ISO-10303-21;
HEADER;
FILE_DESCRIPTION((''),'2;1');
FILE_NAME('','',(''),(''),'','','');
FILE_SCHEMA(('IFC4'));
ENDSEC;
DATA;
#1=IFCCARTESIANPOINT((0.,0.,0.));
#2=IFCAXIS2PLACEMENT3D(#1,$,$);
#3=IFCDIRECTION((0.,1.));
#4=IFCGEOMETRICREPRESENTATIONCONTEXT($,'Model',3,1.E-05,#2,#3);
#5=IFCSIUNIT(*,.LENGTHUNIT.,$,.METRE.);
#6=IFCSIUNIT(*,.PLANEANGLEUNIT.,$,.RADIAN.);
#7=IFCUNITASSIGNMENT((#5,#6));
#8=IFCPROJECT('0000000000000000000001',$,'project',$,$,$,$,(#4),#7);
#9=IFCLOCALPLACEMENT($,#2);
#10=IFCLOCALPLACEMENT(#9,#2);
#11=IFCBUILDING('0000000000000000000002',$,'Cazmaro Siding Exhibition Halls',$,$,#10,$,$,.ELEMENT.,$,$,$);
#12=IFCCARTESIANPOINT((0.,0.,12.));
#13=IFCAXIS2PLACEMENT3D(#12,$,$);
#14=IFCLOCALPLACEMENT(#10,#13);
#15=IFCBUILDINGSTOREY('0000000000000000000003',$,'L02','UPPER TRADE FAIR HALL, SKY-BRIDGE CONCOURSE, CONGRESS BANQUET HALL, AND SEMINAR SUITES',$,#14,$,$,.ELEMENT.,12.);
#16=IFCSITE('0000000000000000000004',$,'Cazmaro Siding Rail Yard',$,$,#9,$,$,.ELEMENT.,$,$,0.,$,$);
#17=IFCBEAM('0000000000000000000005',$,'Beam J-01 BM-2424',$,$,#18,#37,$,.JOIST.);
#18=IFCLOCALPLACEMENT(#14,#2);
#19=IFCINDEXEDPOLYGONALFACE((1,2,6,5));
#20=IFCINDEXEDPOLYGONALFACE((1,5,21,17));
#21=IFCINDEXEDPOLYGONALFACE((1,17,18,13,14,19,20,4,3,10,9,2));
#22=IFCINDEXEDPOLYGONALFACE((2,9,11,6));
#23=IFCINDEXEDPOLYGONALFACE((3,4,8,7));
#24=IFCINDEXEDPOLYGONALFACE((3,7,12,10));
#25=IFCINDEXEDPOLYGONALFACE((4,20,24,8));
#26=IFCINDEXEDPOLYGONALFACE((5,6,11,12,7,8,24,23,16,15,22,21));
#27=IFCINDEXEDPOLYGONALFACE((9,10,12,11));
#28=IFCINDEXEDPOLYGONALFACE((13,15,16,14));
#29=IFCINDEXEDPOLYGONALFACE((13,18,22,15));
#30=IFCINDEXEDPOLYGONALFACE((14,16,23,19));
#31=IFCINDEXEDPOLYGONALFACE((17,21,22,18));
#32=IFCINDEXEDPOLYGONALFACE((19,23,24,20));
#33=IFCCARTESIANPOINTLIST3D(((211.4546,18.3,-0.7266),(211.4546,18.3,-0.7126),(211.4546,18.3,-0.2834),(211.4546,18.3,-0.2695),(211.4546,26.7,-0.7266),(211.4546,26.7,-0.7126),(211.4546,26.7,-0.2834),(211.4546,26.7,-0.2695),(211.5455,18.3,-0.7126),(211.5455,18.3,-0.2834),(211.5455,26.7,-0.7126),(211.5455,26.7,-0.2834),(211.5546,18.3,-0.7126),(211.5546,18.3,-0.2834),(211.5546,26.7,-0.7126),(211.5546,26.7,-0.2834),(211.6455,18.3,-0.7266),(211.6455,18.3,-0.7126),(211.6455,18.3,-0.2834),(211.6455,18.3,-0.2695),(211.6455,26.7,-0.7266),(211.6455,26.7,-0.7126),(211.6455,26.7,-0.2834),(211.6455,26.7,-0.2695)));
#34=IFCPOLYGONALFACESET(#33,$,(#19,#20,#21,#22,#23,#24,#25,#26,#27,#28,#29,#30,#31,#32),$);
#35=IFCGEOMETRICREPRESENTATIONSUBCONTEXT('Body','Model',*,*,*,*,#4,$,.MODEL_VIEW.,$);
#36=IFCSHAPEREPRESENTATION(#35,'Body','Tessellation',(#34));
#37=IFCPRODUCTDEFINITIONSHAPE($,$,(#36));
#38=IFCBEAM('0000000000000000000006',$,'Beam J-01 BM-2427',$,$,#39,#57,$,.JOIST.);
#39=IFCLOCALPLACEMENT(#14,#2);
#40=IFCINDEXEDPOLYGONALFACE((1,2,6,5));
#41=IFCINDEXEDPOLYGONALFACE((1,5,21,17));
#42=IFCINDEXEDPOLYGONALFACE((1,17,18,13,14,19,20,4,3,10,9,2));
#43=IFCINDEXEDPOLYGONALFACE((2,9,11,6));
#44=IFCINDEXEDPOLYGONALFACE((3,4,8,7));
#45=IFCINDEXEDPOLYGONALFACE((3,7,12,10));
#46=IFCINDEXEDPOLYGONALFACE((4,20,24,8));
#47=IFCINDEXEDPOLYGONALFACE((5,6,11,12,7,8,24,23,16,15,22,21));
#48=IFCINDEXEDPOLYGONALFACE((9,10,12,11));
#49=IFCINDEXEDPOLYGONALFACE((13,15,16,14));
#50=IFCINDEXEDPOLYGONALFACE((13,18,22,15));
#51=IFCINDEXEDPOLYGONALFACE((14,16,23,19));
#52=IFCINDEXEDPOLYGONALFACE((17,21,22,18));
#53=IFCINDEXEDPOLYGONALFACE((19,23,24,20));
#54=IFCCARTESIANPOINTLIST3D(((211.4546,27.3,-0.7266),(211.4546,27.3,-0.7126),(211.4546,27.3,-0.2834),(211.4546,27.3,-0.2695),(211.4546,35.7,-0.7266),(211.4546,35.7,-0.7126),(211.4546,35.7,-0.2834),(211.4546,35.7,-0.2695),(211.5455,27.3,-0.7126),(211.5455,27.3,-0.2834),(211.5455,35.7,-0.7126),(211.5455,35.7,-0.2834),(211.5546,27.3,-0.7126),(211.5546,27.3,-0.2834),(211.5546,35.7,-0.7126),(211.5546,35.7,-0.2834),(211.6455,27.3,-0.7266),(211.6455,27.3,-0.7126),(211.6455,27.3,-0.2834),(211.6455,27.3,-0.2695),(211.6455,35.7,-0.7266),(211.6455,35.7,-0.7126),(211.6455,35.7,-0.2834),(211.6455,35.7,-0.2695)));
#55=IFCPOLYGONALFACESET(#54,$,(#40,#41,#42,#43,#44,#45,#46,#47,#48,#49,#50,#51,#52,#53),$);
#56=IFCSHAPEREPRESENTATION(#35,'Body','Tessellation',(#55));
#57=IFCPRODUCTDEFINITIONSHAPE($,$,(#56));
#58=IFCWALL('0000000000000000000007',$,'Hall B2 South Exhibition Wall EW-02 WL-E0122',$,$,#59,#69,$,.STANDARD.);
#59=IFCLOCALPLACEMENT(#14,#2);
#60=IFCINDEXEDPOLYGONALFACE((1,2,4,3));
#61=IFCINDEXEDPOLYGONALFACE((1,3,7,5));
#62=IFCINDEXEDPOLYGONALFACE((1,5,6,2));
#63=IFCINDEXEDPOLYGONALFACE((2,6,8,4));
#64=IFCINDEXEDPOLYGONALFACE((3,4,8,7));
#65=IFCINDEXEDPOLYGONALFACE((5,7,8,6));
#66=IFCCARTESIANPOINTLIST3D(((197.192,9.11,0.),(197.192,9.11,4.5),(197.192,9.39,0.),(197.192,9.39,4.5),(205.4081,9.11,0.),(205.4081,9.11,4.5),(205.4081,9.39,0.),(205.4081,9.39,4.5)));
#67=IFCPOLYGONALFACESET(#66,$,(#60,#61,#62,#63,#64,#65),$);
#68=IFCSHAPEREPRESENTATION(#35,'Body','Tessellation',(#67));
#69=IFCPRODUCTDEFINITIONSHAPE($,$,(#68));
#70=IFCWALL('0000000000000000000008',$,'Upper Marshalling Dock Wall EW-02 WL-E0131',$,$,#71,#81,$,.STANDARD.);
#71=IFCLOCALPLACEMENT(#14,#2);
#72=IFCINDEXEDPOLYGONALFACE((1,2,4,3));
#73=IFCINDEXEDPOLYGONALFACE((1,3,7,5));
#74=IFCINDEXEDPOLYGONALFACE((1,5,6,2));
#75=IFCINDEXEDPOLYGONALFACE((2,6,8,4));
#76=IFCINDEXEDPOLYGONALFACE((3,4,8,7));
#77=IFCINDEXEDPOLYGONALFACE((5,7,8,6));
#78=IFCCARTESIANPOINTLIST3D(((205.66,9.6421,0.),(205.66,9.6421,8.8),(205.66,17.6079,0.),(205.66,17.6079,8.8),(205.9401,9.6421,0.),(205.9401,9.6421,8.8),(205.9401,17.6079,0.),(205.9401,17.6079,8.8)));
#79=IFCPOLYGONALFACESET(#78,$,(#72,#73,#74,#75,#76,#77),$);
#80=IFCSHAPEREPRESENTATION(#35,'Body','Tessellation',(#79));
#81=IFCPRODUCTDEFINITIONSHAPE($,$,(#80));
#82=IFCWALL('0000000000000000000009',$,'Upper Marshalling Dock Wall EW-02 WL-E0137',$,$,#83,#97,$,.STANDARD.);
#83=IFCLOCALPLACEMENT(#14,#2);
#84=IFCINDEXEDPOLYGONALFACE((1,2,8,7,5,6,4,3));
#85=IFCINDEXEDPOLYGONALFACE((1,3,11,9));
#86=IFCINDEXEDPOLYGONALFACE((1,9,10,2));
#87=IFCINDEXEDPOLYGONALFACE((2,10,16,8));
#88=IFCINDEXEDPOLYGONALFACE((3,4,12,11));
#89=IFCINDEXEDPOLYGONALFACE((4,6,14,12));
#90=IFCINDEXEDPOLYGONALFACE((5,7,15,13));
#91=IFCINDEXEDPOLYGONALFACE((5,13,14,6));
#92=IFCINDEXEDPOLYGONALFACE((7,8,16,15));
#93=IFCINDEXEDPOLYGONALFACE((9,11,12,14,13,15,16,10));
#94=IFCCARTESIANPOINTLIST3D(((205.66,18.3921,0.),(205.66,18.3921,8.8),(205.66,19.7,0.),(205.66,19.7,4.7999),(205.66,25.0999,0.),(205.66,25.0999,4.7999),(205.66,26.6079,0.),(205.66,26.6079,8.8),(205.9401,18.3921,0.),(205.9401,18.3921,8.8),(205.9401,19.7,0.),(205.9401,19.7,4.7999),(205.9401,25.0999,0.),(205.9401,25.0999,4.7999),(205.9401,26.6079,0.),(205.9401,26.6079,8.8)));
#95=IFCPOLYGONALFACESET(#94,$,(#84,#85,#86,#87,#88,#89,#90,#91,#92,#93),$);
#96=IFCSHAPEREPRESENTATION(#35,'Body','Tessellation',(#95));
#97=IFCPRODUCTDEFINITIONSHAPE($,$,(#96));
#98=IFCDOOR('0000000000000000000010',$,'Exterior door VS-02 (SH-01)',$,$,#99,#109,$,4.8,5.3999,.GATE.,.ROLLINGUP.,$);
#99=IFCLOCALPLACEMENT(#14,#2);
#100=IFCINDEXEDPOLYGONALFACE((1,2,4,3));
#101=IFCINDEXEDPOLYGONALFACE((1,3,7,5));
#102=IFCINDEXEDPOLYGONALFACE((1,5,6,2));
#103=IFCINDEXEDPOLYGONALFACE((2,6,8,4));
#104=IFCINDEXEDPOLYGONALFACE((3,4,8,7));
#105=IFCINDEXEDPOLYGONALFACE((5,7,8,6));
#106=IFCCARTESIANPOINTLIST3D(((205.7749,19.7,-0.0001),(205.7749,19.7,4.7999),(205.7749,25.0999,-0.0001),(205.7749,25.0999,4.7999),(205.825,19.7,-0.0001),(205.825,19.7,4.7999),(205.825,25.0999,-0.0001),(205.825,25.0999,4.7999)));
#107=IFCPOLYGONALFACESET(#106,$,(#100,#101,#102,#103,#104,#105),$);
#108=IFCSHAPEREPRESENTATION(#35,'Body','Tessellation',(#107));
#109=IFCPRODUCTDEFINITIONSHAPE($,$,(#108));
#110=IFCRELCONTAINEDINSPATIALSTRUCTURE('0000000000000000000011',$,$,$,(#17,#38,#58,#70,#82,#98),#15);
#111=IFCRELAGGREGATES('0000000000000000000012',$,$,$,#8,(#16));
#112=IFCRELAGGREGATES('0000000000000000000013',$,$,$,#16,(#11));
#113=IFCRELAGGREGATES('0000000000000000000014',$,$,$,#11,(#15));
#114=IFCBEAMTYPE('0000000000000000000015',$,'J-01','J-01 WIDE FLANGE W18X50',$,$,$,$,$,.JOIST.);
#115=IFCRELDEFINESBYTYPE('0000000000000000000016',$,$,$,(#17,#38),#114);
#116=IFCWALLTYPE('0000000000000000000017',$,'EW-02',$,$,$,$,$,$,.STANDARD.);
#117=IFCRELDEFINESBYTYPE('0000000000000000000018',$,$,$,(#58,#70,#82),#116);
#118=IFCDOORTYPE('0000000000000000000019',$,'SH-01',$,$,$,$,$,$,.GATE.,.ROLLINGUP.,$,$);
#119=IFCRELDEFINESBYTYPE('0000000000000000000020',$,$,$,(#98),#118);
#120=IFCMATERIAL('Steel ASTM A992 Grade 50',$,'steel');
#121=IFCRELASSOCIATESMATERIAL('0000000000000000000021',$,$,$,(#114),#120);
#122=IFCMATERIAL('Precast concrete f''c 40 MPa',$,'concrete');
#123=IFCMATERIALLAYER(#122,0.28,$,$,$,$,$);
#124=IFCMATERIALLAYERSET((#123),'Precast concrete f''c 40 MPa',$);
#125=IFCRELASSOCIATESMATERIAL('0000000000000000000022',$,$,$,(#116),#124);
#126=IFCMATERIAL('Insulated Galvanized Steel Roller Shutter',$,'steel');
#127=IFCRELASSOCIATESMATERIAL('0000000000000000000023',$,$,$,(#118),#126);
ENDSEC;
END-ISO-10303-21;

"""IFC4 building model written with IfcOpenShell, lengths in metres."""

from ifc_helpers import new_model, si_unit, direction, frame, frame_2d, origin, origin_2d, place, context, subcontext, project, spatial, rectangle, i_section, extrude, material, layer, layer_set, material_profile, profile_set, type_object, element, fill, save


model = new_model("IFC4")

# Units and contexts
model_context = context("Model", 3, precision=1e-05, world=origin(), true_north=direction((0.0, 1.0)))
body_context = subcontext(model_context, "Body", "Model", "MODEL_VIEW")
ifc_project = project(units=[si_unit("LENGTHUNIT", "METRE"), si_unit("PLANEANGLEUNIT", "RADIAN")], contexts=[model_context])

# Site, building, storey
site_placement = place(None, origin())
site = spatial("IfcSite", under=ifc_project, at=site_placement, Name="Cazmaro Siding Rail Yard", CompositionType="ELEMENT", RefElevation=0.0)
building_placement = place(site_placement, origin())
building = spatial("IfcBuilding", under=site, at=building_placement, Name="Cazmaro Siding Exhibition Halls", CompositionType="ELEMENT")
storey_placement = place(building_placement, frame((0.0, 0.0, 12.0)))
storey = spatial("IfcBuildingStorey", under=building, at=storey_placement, Name="L02", Description="UPPER TRADE FAIR HALL, SKY-BRIDGE CONCOURSE, CONGRESS BANQUET HALL, AND SEMINAR SUITES", CompositionType="ELEMENT", Elevation=12.0)

# Beams
ifc_material_1 = material(Name="Steel ASTM A992 Grade 50", Category="steel")
ifc_material_profile_1 = material_profile(ifc_material_1, i_section(OverallWidth=0.1909, OverallDepth=0.457, WebThickness=0.009, FlangeThickness=0.0139, at=origin_2d()), Name="W18X50")
ifc_profile_set_1 = profile_set([ifc_material_profile_1], Name="Steel ASTM A992 Grade 50")
beam_type_1 = type_object("IfcBeamType", Name="J-01", Description="J-01 WIDE FLANGE W18X50", PredefinedType="JOIST", material=ifc_profile_set_1)
for number, where, z_axis, x_axis, name in (
    (1, (211.55, 18.3, -0.498), (0.0, 1.0, 0.0), (-1.0, 0.0, 0.0), "Beam J-01 BM-2424"),
    (2, (211.55, 27.3, -0.498), (0.0, 1.0, 0.0), (-1.0, 0.0, 0.0), "Beam J-01 BM-2427"),
):
    element("IfcBeam", number, at=place(storey_placement, frame(where, z_axis=z_axis, x_axis=x_axis)), inside=storey, type_object=beam_type_1, Name=name, PredefinedType="JOIST", context=body_context, shape_type="SweptSolid", body=[
        extrude(i_section(OverallWidth=0.1909, OverallDepth=0.457, WebThickness=0.009, FlangeThickness=0.0139, at=origin_2d()), origin(), (0.0, 0.0, 1.0), 8.3999),
    ])

# Walls
ifc_material_2 = material(Name="Precast concrete f'c 40 MPa", Category="concrete")
ifc_layer = layer(ifc_material_2, 0.28)
ifc_layer_set = layer_set([ifc_layer], Name="Precast concrete f'c 40 MPa")
wall_type = type_object("IfcWallType", Name="EW-02", PredefinedType="STANDARD", material=ifc_layer_set)
wall_1_placement = place(storey_placement, frame((205.408, 9.25, 0.0), z_axis=(0.0, 0.0, 1.0), x_axis=(-1.0, 0.0, 0.0)))
element("IfcWall", 3, at=wall_1_placement, inside=storey, type_object=wall_type, Name="Hall B2 South Exhibition Wall EW-02 WL-E0122", PredefinedType="STANDARD", context=body_context, shape_type="SweptSolid", body=[
    extrude(rectangle(XDim=8.2161, YDim=0.28, at=frame_2d((4.1079, 0.0))), origin(), (0.0, 0.0, 1.0), 4.5),
])
wall_2_placement = place(storey_placement, frame((205.8, 17.6079, 0.0), z_axis=(0.0, 0.0, 1.0), x_axis=(0.0, -1.0, 0.0)))
element("IfcWall", 4, at=wall_2_placement, inside=storey, type_object=wall_type, Name="Upper Marshalling Dock Wall EW-02 WL-E0131", PredefinedType="STANDARD", context=body_context, shape_type="SweptSolid", body=[
    extrude(rectangle(XDim=7.9658, YDim=0.28, at=frame_2d((3.9829, 0.0))), origin(), (0.0, 0.0, 1.0), 8.8),
])

# Wall, opening, door
wall_3_placement = place(storey_placement, frame((205.8, 26.6079, 0.0), z_axis=(0.0, 0.0, 1.0), x_axis=(0.0, -1.0, 0.0)))
wall_3 = element("IfcWall", 5, at=wall_3_placement, inside=storey, type_object=wall_type, Name="Upper Marshalling Dock Wall EW-02 WL-E0137", PredefinedType="STANDARD", context=body_context, shape_type="SweptSolid", body=[
    extrude(rectangle(XDim=8.2158, YDim=0.28, at=frame_2d((4.1079, 0.0))), origin(), (0.0, 0.0, 1.0), 8.8),
])
opening_placement = place(wall_3_placement, frame((1.5081, 0.0, 0.0)))
opening = element("IfcOpeningElement", 6, at=opening_placement, cuts=wall_3, PredefinedType="OPENING", context=body_context, shape_type="SweptSolid", body=[
    extrude(rectangle(XDim=5.3999, YDim=4.8, at=frame_2d((2.7, 2.3999))), frame((0.0, 0.1499, 0.0), z_axis=(0.0, -1.0, 0.0), x_axis=(1.0, 0.0, 0.0)), (0.0, 0.0, 1.0), 0.3),
])
ifc_material_3 = material(Name="Insulated Galvanized Steel Roller Shutter", Category="steel")
door_type = type_object("IfcDoorType", Name="SH-01", OperationType="ROLLINGUP", PredefinedType="GATE", material=ifc_material_3)
door_placement = place(opening_placement, origin())
door = element("IfcDoor", 7, at=door_placement, inside=storey, type_object=door_type, Name="Exterior door VS-02 (SH-01)", OperationType="ROLLINGUP", OverallHeight=4.8, OverallWidth=5.3999, PredefinedType="GATE", context=body_context, shape_type="SweptSolid", body=[
    extrude(rectangle(XDim=5.3999, YDim=4.8, at=frame_2d((2.7, 2.3999))), frame((0.0, 0.0249, 0.0), z_axis=(0.0, -1.0, 0.0), x_axis=(1.0, 0.0, 0.0)), (0.0, 0.0, 1.0), 0.05),
])
fill(opening, door)

save(model, "model.ifc")
